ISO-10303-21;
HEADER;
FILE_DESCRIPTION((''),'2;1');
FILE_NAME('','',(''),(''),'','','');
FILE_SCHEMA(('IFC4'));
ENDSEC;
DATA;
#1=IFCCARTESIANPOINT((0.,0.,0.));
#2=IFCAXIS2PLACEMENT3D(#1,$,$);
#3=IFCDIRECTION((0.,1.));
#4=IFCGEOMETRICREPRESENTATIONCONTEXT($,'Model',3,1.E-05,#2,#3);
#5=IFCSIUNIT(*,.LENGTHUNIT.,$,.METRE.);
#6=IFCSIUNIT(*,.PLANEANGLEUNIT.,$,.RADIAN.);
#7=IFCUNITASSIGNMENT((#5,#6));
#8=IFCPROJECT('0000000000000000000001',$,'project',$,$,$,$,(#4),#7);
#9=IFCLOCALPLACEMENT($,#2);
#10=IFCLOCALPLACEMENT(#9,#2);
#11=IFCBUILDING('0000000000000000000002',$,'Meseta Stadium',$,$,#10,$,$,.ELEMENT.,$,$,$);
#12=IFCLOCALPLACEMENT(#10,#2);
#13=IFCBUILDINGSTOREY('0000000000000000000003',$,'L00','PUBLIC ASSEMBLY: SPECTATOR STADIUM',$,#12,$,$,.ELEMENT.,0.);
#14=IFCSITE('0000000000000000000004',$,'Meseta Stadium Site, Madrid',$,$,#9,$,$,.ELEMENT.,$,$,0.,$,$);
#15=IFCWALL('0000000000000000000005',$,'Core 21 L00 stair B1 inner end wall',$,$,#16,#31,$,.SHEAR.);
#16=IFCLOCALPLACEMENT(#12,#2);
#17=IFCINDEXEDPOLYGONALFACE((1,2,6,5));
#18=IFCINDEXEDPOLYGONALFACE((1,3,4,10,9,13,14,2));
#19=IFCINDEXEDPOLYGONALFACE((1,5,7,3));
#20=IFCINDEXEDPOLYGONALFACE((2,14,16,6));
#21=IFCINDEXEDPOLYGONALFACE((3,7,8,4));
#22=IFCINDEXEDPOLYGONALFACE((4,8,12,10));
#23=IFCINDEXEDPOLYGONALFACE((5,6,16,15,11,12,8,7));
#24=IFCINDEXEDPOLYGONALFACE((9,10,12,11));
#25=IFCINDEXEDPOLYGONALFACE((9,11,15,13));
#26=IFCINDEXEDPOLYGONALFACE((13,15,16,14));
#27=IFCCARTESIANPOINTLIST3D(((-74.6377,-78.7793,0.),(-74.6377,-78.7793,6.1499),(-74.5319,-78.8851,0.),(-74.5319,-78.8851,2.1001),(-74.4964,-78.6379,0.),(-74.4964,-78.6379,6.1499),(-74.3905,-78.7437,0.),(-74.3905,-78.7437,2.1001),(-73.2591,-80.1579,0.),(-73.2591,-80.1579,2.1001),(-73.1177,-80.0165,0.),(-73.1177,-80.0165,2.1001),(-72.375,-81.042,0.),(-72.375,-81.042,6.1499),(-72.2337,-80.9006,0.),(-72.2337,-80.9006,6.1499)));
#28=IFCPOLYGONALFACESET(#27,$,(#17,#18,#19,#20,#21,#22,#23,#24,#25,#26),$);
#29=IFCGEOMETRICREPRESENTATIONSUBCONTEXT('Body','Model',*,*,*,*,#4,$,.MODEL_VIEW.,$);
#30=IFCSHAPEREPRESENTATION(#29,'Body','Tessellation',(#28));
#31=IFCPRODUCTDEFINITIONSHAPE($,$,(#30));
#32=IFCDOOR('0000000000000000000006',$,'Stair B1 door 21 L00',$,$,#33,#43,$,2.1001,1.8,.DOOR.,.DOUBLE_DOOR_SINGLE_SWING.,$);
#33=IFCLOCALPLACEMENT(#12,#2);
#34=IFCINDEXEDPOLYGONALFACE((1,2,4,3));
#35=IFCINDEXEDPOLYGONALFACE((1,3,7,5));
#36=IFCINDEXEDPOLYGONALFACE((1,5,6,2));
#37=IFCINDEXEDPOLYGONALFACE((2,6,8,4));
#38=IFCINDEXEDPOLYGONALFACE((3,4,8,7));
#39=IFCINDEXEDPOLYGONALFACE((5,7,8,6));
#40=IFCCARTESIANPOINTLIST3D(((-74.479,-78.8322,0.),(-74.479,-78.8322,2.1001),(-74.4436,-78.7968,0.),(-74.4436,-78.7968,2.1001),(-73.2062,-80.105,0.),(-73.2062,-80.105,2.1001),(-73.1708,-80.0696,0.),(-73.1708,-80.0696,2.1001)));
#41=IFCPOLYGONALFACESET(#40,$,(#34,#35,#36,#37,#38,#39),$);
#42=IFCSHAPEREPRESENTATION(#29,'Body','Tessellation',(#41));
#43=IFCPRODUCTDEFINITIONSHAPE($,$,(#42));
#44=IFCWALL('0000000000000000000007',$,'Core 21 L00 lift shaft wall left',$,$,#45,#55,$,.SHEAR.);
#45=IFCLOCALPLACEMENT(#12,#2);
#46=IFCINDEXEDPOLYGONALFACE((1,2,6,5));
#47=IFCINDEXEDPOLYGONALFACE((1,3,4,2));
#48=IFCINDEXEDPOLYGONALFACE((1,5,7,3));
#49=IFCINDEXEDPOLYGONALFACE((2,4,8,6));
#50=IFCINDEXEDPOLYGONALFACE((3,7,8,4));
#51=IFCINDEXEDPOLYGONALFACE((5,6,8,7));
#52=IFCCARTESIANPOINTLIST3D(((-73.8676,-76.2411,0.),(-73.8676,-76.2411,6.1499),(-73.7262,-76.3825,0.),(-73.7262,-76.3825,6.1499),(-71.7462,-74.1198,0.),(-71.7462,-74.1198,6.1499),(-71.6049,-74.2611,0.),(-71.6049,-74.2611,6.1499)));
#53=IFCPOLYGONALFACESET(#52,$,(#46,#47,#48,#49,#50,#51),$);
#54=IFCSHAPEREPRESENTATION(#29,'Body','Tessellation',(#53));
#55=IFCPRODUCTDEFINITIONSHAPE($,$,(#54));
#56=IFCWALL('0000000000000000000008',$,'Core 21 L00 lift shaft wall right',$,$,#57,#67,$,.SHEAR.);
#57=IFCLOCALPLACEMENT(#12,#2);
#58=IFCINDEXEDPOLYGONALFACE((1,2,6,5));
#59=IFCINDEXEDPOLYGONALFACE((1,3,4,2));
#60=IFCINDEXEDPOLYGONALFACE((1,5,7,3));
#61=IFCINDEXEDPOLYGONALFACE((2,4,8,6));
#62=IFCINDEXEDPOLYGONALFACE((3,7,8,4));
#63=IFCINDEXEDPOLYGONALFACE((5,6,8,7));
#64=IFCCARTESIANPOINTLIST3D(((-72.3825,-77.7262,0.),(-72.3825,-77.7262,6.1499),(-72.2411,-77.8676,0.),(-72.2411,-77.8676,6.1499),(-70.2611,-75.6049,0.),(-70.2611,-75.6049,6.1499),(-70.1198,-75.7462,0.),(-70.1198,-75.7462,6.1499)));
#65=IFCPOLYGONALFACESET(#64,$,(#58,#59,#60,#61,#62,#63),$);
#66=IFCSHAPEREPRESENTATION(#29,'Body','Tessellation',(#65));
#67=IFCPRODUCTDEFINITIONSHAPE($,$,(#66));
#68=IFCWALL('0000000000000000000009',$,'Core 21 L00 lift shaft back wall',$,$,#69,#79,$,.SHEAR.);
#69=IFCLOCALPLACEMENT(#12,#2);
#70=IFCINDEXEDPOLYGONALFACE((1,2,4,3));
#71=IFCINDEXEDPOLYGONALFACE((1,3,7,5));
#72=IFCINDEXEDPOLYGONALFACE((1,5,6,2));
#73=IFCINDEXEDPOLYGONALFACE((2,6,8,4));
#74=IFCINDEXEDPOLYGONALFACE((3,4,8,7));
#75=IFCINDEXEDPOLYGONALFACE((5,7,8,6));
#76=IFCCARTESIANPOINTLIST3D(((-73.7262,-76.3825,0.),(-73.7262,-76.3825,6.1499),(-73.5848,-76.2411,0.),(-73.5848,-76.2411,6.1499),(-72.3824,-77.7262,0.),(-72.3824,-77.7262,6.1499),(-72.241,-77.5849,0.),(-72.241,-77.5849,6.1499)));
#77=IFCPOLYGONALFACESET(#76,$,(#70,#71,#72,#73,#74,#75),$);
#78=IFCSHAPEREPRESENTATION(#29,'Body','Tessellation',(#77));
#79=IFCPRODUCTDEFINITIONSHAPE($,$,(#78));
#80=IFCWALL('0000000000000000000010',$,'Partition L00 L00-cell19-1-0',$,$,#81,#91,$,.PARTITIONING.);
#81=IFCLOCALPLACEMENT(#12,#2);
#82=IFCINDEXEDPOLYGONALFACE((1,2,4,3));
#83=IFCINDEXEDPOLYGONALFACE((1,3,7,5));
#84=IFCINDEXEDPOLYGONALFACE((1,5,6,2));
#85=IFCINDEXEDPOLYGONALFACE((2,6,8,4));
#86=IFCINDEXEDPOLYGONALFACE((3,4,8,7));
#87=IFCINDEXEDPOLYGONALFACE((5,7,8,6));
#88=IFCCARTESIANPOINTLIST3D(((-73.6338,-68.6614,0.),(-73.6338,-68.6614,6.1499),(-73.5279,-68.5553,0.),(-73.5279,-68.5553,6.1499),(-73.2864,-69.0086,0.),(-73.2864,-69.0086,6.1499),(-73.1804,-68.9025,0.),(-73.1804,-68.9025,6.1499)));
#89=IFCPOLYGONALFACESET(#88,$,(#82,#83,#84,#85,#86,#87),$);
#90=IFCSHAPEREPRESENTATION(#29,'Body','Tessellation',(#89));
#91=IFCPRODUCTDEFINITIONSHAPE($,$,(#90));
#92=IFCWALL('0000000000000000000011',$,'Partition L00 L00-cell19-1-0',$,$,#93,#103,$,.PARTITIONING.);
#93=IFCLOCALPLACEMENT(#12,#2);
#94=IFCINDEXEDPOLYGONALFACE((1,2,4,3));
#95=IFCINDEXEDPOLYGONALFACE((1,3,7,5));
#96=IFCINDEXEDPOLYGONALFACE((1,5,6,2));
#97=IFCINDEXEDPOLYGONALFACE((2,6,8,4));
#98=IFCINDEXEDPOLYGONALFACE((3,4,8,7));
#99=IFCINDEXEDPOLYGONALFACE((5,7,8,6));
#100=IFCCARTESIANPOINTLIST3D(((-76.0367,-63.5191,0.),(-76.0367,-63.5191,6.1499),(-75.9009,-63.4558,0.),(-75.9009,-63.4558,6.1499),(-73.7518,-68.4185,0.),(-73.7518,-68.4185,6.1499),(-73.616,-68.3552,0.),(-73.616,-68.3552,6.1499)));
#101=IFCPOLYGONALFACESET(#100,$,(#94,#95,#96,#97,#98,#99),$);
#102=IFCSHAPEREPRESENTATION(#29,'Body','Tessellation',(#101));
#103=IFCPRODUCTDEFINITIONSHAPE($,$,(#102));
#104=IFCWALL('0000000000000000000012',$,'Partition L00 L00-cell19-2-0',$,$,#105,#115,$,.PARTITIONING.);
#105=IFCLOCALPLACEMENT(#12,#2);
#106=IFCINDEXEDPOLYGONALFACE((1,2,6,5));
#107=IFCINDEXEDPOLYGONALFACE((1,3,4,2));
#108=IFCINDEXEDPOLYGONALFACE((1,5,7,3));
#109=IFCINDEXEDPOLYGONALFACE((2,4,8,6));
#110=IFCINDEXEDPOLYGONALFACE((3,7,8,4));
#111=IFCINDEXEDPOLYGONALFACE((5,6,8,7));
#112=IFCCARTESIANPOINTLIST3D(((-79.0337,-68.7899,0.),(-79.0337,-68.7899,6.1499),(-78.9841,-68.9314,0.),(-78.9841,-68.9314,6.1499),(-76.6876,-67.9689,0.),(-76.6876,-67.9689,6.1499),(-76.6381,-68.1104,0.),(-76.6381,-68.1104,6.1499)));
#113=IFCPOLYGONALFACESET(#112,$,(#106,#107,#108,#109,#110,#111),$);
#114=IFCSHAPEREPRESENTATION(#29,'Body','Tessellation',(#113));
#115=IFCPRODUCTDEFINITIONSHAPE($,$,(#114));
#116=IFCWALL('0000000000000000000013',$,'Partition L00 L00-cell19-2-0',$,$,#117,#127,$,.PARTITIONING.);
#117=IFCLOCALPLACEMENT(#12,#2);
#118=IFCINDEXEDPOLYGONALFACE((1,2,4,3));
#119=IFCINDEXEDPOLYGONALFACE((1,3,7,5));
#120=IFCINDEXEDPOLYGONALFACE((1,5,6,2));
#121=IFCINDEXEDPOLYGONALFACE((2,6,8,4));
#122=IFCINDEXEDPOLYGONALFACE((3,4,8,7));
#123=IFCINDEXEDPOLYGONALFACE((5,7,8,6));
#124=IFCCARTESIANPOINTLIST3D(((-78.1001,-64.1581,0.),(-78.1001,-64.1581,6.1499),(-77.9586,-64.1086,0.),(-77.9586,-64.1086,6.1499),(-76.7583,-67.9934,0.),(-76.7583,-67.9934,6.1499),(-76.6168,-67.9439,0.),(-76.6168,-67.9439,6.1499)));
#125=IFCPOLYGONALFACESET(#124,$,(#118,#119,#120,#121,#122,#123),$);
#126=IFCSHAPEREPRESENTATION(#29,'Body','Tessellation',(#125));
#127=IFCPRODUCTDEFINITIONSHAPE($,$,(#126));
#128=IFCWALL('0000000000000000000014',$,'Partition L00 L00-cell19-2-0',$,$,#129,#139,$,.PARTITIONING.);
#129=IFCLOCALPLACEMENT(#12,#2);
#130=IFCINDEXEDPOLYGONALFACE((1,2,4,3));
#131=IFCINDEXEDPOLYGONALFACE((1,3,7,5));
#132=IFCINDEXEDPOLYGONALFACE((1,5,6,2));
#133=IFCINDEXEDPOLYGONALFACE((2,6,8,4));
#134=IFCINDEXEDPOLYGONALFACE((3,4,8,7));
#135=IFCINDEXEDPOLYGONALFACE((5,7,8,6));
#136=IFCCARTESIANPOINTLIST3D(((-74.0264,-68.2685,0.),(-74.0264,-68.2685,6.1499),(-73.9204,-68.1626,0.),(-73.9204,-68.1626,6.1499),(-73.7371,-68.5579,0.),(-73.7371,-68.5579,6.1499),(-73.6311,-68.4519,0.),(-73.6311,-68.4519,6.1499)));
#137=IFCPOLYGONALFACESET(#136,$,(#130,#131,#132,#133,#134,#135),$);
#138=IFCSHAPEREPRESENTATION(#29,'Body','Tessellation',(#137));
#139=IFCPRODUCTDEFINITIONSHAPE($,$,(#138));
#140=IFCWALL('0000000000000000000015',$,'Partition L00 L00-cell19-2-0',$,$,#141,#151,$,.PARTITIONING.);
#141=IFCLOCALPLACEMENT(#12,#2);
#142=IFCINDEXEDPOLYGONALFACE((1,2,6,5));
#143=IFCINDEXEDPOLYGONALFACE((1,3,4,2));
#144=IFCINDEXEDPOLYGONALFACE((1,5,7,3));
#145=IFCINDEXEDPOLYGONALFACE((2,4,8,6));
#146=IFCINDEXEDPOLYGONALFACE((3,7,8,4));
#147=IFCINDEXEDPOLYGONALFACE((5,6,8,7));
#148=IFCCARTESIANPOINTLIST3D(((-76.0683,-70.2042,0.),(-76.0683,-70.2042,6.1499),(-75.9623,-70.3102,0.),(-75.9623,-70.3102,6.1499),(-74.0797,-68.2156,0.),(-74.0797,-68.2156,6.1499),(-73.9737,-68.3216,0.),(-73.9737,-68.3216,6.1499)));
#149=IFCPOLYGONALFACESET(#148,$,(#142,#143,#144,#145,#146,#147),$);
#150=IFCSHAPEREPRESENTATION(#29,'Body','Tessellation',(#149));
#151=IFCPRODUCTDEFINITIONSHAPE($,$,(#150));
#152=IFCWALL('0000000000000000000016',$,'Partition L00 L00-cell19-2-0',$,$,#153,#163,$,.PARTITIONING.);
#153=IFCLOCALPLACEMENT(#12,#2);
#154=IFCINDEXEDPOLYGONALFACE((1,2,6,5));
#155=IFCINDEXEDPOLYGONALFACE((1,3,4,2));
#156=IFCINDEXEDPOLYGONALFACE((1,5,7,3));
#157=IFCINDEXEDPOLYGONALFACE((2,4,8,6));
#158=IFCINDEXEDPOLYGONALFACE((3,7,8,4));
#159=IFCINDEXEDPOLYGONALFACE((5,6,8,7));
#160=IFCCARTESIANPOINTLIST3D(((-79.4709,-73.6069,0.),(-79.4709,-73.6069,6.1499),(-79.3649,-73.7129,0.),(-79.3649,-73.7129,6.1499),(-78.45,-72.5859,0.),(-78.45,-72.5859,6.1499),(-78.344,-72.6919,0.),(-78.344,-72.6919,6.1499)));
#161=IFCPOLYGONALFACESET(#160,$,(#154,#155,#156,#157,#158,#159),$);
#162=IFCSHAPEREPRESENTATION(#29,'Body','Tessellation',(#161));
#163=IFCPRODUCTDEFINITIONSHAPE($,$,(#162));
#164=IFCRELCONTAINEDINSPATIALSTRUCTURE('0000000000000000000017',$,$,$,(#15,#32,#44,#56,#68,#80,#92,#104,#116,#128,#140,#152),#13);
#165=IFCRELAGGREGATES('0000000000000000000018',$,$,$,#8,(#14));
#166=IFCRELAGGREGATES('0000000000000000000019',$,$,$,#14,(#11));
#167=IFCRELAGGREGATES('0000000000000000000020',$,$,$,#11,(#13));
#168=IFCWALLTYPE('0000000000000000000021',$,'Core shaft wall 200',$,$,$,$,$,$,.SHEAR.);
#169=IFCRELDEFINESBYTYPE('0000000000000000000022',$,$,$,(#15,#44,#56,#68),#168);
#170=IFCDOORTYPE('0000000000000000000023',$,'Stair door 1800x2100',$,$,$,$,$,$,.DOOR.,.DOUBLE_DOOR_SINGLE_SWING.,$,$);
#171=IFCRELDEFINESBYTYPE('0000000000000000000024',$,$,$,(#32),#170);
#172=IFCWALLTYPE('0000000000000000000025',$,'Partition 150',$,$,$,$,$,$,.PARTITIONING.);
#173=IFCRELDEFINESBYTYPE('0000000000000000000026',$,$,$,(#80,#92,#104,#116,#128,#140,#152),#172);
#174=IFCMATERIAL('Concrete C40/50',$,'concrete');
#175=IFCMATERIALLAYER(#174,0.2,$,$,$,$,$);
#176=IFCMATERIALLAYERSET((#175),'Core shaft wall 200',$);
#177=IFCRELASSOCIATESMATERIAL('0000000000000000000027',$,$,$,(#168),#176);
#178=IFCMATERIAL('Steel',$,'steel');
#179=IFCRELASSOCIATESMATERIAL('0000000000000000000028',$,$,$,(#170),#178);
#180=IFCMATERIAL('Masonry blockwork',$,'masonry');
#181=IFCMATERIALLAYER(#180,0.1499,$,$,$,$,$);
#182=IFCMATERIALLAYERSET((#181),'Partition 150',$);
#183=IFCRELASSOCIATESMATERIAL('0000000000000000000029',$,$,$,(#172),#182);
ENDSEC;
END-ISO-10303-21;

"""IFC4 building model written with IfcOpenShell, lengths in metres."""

from ifc_helpers import new_model, si_unit, direction, frame, frame_2d, origin, place, context, subcontext, project, spatial, rectangle, extrude, material, layer, layer_set, type_object, element, fill, save


model = new_model("IFC4")

# Units and contexts
model_context = context("Model", 3, precision=1e-05, world=origin(), true_north=direction((0.0, 1.0)))
body_context = subcontext(model_context, "Body", "Model", "MODEL_VIEW")
ifc_project = project(units=[si_unit("LENGTHUNIT", "METRE"), si_unit("PLANEANGLEUNIT", "RADIAN")], contexts=[model_context])

# Site, building, storey
site_placement = place(None, origin())
site = spatial("IfcSite", under=ifc_project, at=site_placement, Name="Meseta Stadium Site, Madrid", CompositionType="ELEMENT", RefElevation=0.0)
building_placement = place(site_placement, origin())
building = spatial("IfcBuilding", under=site, at=building_placement, Name="Meseta Stadium", CompositionType="ELEMENT")
storey_placement = place(building_placement, origin())
storey = spatial("IfcBuildingStorey", under=building, at=storey_placement, Name="L00", Description="PUBLIC ASSEMBLY: SPECTATOR STADIUM", CompositionType="ELEMENT", Elevation=0.0)

# Wall, opening, door
ifc_material_1 = material(Name="Concrete C40/50", Category="concrete")
ifc_layer_1 = layer(ifc_material_1, 0.2)
ifc_layer_set_1 = layer_set([ifc_layer_1], Name="Core shaft wall 200")
wall_type_1 = type_object("IfcWallType", Name="Core shaft wall 200", PredefinedType="SHEAR", material=ifc_layer_set_1)
ifc_material_2 = material(Name="Steel", Category="steel")
door_type = type_object("IfcDoorType", Name="Stair door 1800x2100", OperationType="DOUBLE_DOOR_SINGLE_SWING", PredefinedType="DOOR", material=ifc_material_2)
wall_1_placement = place(storey_placement, frame((-74.5671, -78.7085, 0.0), z_axis=(0.0, 0.0, 1.0), x_axis=(0.707107, -0.707107, 0.0)))
wall_1 = element("IfcWall", 1, at=wall_1_placement, inside=storey, type_object=wall_type_1, Name="Core 21 L00 stair B1 inner end wall", PredefinedType="SHEAR", context=body_context, shape_type="SweptSolid", body=[
    extrude(rectangle(XDim=3.2, YDim=0.2, at=frame_2d((1.6001, 0.0))), origin(), (0.0, 0.0, 1.0), 6.1499),
])
opening_1_placement = place(wall_1_placement, frame((0.1499, 0.0, 0.0)))
opening_1 = element("IfcOpeningElement", 2, at=opening_1_placement, cuts=wall_1, PredefinedType="OPENING", context=body_context, shape_type="SweptSolid", body=[
    extrude(rectangle(XDim=1.8, YDim=2.1001, at=frame_2d((0.8999, 1.05))), frame((0.0, 0.1099, 0.0), z_axis=(0.0, -1.0, 0.0), x_axis=(1.0, 0.0, 0.0)), (0.0, 0.0, 1.0), 0.22),
])
door_1_placement = place(opening_1_placement, origin())
door_1 = element("IfcDoor", 3, at=door_1_placement, inside=storey, type_object=door_type, Name="Stair B1 door 21 L00", OperationType="DOUBLE_DOOR_SINGLE_SWING", OverallHeight=2.1001, OverallWidth=1.8, PredefinedType="DOOR", context=body_context, shape_type="SweptSolid", body=[
    extrude(rectangle(XDim=1.8, YDim=2.1001, at=frame_2d((0.8999, 1.05))), frame((0.0, 0.0249, 0.0), z_axis=(0.0, -1.0, 0.0), x_axis=(1.0, 0.0, 0.0)), (0.0, 0.0, 1.0), 0.05),
])
fill(opening_1, door_1)

# Walls
for number, where, z_axis, x_axis, name in (
    (4, (-73.7969, -76.3118, 0.0), (0.0, 0.0, 1.0), (0.707107, 0.707107, 0.0), "Core 21 L00 lift shaft wall left"),
    (5, (-72.3118, -77.7969, 0.0), (0.0, 0.0, 1.0), (0.707107, 0.707107, 0.0), "Core 21 L00 lift shaft wall right"),
):
    element("IfcWall", number, at=place(storey_placement, frame(where, z_axis=z_axis, x_axis=x_axis)), inside=storey, type_object=wall_type_1, Name=name, PredefinedType="SHEAR", context=body_context, shape_type="SweptSolid", body=[
        extrude(rectangle(XDim=3.0, YDim=0.2, at=frame_2d((1.5, 0.0))), origin(), (0.0, 0.0, 1.0), 6.1499),
    ])
wall_2_placement = place(storey_placement, frame((-73.6555, -76.3118, 0.0), z_axis=(0.0, 0.0, 1.0), x_axis=(0.707107, -0.707107, 0.0)))
element("IfcWall", 6, at=wall_2_placement, inside=storey, type_object=wall_type_1, Name="Core 21 L00 lift shaft back wall", PredefinedType="SHEAR", context=body_context, shape_type="SweptSolid", body=[
    extrude(rectangle(XDim=1.9004, YDim=0.2, at=frame_2d((0.9502, 0.0))), origin(), (0.0, 0.0, 1.0), 6.1499),
])
ifc_material_3 = material(Name="Masonry blockwork", Category="masonry")
ifc_layer_2 = layer(ifc_material_3, 0.1499)
ifc_layer_set_2 = layer_set([ifc_layer_2], Name="Partition 150")
wall_type_2 = type_object("IfcWallType", Name="Partition 150", PredefinedType="PARTITIONING", material=ifc_layer_set_2)
wall_3_placement = place(storey_placement, frame((-73.2334, -68.9556, 0.0), z_axis=(0.0, 0.0, 1.0), x_axis=(-0.707355, 0.706858, 0.0)))
element("IfcWall", 7, at=wall_3_placement, inside=storey, type_object=wall_type_2, Name="Partition L00 L00-cell19-1-0", PredefinedType="PARTITIONING", context=body_context, shape_type="SweptSolid", body=[
    extrude(rectangle(XDim=0.4912, YDim=0.1499, at=frame_2d((0.2456, 0.0))), origin(), (0.0, 0.0, 1.0), 6.1499),
])
wall_4_placement = place(storey_placement, frame((-73.6838, -68.387, 0.0), z_axis=(0.0, 0.0, 1.0), x_axis=(-0.42266, 0.906288, 0.0)))
element("IfcWall", 8, at=wall_4_placement, inside=storey, type_object=wall_type_2, Name="Partition L00 L00-cell19-1-0", PredefinedType="PARTITIONING", context=body_context, shape_type="SweptSolid", body=[
    extrude(rectangle(XDim=5.406, YDim=0.1499, at=frame_2d((2.7031, 0.0))), origin(), (0.0, 0.0, 1.0), 6.1499),
])
wall_5_placement = place(storey_placement, frame((-79.0088, -68.8606, 0.0), z_axis=(0.0, 0.0, 1.0), x_axis=(0.943874, 0.330307, 0.0)))
element("IfcWall", 9, at=wall_5_placement, inside=storey, type_object=wall_type_2, Name="Partition L00 L00-cell19-2-0", PredefinedType="PARTITIONING", context=body_context, shape_type="SweptSolid", body=[
    extrude(rectangle(XDim=2.4856, YDim=0.1499, at=frame_2d((1.2427, 0.0))), origin(), (0.0, 0.0, 1.0), 6.1499),
])
wall_6_placement = place(storey_placement, frame((-76.6875, -67.9688, 0.0), z_axis=(0.0, 0.0, 1.0), x_axis=(-0.330235, 0.943899, 0.0)))
element("IfcWall", 10, at=wall_6_placement, inside=storey, type_object=wall_type_2, Name="Partition L00 L00-cell19-2-0", PredefinedType="PARTITIONING", context=body_context, shape_type="SweptSolid", body=[
    extrude(rectangle(XDim=4.0632, YDim=0.1499, at=frame_2d((2.0317, 0.0))), origin(), (0.0, 0.0, 1.0), 6.1499),
])
wall_7_placement = place(storey_placement, frame((-73.6841, -68.5049, 0.0), z_axis=(0.0, 0.0, 1.0), x_axis=(-0.707107, 0.707107, 0.0)))
element("IfcWall", 11, at=wall_7_placement, inside=storey, type_object=wall_type_2, Name="Partition L00 L00-cell19-2-0", PredefinedType="PARTITIONING", context=body_context, shape_type="SweptSolid", body=[
    extrude(rectangle(XDim=0.4092, YDim=0.1499, at=frame_2d((0.2046, 0.0))), origin(), (0.0, 0.0, 1.0), 6.1499),
])
wall_8_placement = place(storey_placement, frame((-74.0266, -68.2686, 0.0), z_axis=(0.0, 0.0, 1.0), x_axis=(-0.707107, -0.707107, 0.0)))
element("IfcWall", 12, at=wall_8_placement, inside=storey, type_object=wall_type_2, Name="Partition L00 L00-cell19-2-0", PredefinedType="PARTITIONING", context=body_context, shape_type="SweptSolid", body=[
    extrude(rectangle(XDim=2.8123, YDim=0.1499, at=frame_2d((1.4062, 0.0))), origin(), (0.0, 0.0, 1.0), 6.1499),
])
wall_9_placement = place(storey_placement, frame((-78.397, -72.6389, 0.0), z_axis=(0.0, 0.0, 1.0), x_axis=(-0.707107, -0.707107, 0.0)))
element("IfcWall", 13, at=wall_9_placement, inside=storey, type_object=wall_type_2, Name="Partition L00 L00-cell19-2-0", PredefinedType="PARTITIONING", context=body_context, shape_type="SweptSolid", body=[
    extrude(rectangle(XDim=1.4438, YDim=0.1499, at=frame_2d((0.7219, 0.0))), origin(), (0.0, 0.0, 1.0), 6.1499),
])

save(model, "model.ifc")
